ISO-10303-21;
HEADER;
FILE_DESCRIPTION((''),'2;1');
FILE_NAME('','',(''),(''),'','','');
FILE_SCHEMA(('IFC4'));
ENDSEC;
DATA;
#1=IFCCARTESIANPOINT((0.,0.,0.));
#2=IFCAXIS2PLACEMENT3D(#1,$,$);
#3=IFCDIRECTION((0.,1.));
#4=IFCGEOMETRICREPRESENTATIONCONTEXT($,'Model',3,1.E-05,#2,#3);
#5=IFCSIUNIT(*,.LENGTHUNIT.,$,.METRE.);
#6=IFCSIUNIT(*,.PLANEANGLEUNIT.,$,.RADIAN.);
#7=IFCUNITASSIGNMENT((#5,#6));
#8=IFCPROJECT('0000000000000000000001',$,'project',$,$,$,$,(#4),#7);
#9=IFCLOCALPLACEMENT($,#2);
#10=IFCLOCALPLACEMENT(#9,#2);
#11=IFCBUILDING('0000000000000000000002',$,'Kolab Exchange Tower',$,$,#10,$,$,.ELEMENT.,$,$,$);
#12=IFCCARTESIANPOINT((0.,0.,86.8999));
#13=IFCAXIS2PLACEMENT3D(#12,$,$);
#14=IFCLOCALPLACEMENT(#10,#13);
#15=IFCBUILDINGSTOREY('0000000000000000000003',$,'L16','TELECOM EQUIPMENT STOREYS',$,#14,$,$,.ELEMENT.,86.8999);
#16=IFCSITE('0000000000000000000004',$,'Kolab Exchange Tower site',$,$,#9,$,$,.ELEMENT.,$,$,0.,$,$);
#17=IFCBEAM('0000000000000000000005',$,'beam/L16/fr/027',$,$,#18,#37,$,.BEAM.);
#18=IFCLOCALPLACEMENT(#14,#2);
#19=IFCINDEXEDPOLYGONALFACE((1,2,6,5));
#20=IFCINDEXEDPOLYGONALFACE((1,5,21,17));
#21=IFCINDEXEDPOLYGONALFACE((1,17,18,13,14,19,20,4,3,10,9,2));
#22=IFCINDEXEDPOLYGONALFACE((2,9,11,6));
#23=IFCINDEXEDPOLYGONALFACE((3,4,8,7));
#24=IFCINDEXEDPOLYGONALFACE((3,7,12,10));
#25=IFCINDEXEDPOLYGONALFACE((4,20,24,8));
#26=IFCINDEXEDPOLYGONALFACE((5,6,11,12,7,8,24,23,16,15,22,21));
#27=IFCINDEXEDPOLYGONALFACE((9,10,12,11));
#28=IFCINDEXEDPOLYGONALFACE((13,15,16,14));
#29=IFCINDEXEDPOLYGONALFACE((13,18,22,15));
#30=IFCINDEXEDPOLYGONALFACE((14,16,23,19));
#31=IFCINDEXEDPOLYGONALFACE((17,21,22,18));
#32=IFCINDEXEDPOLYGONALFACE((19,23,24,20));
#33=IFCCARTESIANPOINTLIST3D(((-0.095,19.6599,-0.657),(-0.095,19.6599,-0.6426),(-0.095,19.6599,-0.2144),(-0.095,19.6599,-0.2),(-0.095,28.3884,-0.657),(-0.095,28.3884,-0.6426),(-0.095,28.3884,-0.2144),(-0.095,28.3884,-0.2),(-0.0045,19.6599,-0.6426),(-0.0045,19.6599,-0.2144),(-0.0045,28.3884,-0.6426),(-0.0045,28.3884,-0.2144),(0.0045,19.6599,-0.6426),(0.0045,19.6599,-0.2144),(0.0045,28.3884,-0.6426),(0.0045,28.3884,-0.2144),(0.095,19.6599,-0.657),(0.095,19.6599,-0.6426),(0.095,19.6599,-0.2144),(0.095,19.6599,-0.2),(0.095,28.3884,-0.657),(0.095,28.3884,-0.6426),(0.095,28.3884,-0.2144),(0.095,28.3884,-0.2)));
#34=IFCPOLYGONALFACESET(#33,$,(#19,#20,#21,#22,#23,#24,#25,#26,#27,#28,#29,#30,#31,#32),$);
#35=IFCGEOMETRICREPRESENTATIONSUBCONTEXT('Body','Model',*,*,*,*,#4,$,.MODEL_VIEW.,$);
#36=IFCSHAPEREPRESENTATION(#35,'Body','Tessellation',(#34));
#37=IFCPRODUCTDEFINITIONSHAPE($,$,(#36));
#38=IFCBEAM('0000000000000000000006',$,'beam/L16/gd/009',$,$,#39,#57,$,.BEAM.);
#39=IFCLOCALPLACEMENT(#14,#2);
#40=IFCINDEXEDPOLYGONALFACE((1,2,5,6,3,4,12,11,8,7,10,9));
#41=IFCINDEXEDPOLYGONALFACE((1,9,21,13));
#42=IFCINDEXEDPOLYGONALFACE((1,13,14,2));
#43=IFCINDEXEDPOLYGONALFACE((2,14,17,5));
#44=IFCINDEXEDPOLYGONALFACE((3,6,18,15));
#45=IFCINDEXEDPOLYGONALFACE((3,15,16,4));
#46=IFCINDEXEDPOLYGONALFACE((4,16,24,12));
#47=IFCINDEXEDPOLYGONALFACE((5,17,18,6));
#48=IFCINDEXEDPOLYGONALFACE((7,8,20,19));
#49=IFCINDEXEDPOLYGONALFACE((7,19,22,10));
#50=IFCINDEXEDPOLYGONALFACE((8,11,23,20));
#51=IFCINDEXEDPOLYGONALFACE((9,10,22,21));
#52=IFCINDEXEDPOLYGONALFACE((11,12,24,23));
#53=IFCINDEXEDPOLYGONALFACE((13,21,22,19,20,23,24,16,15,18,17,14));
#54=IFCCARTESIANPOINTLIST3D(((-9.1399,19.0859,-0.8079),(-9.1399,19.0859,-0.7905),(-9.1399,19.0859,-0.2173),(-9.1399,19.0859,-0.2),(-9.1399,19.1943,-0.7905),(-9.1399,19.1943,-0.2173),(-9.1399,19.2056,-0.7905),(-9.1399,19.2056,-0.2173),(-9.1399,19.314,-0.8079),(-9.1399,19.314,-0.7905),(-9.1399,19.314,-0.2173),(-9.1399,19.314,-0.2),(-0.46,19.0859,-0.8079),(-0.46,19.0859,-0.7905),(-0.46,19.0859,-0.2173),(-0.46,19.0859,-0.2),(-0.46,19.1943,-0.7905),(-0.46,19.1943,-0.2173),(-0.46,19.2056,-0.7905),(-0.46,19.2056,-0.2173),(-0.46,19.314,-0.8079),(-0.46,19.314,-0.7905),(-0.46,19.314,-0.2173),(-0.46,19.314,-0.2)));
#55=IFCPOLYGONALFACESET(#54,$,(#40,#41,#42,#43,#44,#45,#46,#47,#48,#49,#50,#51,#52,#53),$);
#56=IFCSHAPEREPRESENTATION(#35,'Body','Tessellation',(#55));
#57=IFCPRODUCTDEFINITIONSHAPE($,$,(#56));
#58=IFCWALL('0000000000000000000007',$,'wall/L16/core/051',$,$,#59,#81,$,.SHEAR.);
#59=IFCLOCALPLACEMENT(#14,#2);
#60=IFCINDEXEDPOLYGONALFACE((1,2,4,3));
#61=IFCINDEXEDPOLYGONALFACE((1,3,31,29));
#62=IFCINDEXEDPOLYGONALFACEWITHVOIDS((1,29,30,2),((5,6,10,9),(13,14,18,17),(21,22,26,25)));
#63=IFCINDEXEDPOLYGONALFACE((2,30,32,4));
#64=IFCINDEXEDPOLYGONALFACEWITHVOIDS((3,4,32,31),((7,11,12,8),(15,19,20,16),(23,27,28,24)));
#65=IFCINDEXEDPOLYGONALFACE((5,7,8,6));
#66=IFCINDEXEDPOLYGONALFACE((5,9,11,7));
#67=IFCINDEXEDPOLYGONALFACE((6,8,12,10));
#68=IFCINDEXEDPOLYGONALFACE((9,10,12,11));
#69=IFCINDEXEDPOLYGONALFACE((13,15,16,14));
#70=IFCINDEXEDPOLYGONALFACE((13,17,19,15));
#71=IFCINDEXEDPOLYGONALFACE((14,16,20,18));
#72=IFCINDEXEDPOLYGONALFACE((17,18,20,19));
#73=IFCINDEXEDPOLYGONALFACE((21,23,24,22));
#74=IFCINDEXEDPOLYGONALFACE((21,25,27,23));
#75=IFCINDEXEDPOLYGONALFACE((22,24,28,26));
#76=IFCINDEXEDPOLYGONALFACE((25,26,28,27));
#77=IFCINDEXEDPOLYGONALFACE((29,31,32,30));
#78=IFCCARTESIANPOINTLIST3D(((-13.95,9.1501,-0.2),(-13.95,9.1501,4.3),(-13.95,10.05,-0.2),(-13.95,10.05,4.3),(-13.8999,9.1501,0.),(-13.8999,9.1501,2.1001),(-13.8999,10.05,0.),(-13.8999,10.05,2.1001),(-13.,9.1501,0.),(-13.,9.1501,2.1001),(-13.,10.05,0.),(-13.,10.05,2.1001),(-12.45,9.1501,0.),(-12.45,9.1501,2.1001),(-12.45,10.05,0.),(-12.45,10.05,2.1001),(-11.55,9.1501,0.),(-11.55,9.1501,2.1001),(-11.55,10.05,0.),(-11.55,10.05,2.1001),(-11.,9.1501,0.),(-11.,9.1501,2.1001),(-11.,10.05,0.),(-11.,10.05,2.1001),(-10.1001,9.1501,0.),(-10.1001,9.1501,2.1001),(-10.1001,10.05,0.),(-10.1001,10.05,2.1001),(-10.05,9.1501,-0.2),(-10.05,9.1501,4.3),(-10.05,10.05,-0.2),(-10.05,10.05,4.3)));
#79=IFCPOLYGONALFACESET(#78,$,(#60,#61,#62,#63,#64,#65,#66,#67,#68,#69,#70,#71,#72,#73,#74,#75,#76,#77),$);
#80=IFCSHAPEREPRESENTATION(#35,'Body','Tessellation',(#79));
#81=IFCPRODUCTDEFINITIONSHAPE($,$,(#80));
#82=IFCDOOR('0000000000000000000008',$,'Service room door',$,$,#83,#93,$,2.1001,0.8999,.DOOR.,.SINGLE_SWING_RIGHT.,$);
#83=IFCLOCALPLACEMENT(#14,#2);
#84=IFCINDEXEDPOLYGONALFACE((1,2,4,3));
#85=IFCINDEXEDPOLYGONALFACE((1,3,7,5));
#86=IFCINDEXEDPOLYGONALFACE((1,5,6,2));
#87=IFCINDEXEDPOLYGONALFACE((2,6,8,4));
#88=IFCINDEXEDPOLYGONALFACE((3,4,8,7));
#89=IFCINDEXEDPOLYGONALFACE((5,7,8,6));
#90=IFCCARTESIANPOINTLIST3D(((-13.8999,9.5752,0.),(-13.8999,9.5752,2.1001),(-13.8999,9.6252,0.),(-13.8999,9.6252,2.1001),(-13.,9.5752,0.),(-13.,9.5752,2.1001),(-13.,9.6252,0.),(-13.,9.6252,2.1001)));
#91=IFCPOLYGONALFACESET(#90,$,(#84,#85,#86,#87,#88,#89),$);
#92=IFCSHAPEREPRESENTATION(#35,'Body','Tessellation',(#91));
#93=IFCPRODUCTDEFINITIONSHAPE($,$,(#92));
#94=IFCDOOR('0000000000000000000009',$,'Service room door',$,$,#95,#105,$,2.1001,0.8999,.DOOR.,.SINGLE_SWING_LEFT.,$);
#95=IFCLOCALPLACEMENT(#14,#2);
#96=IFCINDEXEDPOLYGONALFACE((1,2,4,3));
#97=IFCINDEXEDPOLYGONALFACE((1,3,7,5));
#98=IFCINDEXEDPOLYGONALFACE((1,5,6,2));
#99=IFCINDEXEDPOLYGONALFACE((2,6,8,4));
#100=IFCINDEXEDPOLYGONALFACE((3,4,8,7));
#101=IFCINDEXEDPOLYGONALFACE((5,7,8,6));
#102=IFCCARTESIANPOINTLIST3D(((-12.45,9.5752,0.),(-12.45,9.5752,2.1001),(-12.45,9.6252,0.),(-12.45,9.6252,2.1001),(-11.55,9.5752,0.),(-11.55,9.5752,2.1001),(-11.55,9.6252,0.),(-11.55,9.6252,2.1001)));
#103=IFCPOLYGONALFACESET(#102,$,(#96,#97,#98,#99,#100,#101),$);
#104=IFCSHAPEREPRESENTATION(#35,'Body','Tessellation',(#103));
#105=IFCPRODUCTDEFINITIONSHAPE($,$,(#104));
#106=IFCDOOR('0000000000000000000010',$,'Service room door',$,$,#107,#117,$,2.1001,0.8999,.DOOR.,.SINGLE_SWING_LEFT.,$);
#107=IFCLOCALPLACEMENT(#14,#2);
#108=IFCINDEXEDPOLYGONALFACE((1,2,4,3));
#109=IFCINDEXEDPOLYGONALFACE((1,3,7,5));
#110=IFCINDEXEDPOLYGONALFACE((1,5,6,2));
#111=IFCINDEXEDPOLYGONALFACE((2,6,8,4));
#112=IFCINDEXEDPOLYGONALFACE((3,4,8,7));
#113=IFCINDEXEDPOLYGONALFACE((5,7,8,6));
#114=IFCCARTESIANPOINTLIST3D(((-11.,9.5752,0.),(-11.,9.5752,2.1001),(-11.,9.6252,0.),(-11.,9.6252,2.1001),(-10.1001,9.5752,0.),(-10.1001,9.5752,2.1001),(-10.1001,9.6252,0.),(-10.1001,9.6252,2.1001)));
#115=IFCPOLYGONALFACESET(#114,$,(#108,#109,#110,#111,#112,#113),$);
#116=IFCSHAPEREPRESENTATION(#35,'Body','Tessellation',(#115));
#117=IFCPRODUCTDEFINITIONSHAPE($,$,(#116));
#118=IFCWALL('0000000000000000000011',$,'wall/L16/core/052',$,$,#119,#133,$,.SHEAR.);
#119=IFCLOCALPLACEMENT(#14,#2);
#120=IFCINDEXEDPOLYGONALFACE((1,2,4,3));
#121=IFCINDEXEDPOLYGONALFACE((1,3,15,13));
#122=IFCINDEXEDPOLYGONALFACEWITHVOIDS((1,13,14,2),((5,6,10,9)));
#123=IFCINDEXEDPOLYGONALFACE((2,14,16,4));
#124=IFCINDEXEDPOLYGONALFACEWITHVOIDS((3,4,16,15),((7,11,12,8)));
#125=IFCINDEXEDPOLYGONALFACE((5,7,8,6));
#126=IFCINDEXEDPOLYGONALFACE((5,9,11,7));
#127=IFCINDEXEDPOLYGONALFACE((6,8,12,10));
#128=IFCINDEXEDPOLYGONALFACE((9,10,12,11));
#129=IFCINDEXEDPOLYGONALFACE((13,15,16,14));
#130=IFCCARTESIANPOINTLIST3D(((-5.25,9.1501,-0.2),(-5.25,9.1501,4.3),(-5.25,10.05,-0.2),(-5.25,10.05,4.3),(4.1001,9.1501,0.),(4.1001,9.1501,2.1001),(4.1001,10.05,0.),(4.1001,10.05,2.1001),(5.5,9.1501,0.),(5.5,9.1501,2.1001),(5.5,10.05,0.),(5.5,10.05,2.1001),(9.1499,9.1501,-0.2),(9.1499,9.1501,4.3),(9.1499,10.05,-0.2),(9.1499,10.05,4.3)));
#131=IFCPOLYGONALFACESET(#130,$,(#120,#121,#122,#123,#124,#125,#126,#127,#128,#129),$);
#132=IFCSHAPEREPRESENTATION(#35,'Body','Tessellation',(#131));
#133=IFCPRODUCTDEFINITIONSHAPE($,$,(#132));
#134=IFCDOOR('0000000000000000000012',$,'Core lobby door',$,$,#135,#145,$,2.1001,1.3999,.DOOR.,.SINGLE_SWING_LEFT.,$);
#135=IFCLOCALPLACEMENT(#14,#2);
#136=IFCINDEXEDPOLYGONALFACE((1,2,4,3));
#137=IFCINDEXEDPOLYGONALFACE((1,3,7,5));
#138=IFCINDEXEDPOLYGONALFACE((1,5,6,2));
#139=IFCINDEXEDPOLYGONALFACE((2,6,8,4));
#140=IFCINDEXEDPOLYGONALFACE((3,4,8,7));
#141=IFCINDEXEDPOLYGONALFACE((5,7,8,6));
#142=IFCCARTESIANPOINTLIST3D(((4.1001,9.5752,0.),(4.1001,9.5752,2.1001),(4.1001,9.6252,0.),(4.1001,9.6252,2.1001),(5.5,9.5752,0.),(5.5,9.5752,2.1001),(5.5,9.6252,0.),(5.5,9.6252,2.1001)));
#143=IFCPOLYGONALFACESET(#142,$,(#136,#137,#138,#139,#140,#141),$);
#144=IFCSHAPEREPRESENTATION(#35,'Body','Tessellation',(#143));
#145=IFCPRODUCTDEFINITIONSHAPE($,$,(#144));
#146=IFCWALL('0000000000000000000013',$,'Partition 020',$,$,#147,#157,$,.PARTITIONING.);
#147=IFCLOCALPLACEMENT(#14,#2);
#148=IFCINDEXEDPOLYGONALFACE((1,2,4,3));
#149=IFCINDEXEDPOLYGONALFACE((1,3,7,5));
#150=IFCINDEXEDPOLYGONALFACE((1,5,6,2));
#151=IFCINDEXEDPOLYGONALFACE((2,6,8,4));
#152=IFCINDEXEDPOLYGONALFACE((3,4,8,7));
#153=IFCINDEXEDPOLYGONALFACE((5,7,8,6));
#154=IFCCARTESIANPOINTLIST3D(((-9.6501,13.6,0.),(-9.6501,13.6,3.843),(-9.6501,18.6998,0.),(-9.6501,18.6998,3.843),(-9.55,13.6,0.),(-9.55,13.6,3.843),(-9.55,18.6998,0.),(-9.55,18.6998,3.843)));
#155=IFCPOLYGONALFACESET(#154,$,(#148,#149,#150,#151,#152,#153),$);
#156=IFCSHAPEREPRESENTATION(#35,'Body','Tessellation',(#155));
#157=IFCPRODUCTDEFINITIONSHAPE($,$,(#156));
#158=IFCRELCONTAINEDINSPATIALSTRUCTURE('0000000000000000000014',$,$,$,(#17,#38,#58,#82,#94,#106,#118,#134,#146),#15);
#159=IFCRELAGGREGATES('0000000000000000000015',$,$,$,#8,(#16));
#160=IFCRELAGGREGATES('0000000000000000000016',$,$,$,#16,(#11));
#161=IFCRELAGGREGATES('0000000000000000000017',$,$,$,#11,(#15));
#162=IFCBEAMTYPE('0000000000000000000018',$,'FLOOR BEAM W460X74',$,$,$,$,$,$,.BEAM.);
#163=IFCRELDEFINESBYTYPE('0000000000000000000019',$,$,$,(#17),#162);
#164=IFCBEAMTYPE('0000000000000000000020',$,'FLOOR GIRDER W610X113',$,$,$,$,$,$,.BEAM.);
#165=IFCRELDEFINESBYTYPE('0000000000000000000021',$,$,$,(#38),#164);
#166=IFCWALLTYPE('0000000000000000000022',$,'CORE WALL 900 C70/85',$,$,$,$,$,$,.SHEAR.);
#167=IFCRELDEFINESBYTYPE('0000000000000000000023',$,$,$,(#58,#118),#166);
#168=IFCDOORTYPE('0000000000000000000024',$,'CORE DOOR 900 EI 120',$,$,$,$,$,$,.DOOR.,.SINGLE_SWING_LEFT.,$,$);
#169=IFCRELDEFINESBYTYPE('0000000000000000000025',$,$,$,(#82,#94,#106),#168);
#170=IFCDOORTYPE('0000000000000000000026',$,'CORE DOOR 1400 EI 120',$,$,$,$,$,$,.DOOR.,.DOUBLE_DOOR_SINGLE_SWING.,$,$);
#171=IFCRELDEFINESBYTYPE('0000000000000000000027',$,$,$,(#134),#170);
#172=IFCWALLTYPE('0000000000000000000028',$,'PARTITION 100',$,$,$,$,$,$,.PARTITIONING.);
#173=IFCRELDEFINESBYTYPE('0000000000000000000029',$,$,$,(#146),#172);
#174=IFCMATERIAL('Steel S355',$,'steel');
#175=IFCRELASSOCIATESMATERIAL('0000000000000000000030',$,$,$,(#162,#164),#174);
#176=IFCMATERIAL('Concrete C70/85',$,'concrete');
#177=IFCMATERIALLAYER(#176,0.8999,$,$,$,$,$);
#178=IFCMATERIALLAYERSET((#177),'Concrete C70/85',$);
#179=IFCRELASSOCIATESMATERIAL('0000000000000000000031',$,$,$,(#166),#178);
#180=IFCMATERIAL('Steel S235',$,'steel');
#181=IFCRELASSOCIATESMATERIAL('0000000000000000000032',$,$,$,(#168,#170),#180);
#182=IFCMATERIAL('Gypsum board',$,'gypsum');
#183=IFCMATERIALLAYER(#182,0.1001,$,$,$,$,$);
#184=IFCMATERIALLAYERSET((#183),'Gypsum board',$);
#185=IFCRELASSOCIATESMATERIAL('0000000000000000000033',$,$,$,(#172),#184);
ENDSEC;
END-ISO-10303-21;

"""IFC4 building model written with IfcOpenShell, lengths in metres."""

from ifc_helpers import new_model, si_unit, direction, frame, frame_2d, origin, origin_2d, place, context, subcontext, project, spatial, rectangle, i_section, extrude, material, layer, layer_set, material_profile, profile_set, type_object, element, fill, save


model = new_model("IFC4")

# Units and contexts
model_context = context("Model", 3, precision=1e-05, world=origin(), true_north=direction((0.0, 1.0)))
body_context = subcontext(model_context, "Body", "Model", "MODEL_VIEW")
ifc_project = project(units=[si_unit("LENGTHUNIT", "METRE"), si_unit("PLANEANGLEUNIT", "RADIAN")], contexts=[model_context])

# Site, building, storey
site_placement = place(None, origin())
site = spatial("IfcSite", under=ifc_project, at=site_placement, Name="Kolab Exchange Tower site", CompositionType="ELEMENT", RefElevation=0.0)
building_placement = place(site_placement, origin())
building = spatial("IfcBuilding", under=site, at=building_placement, Name="Kolab Exchange Tower", CompositionType="ELEMENT")
storey_placement = place(building_placement, frame((0.0, 0.0, 86.8999)))
storey = spatial("IfcBuildingStorey", under=building, at=storey_placement, Name="L16", Description="TELECOM EQUIPMENT STOREYS", CompositionType="ELEMENT", Elevation=86.8999)

# Shared definitions
ifc_material_1 = material(Name="Concrete C70/85", Category="concrete")

# Beams
ifc_material_2 = material(Name="Steel S355", Category="steel")
ifc_material_profile_1 = material_profile(ifc_material_2, i_section(OverallWidth=0.1899, OverallDepth=0.457, WebThickness=0.009, FlangeThickness=0.0144, at=origin_2d()), Name="W460X74")
ifc_profile_set_1 = profile_set([ifc_material_profile_1], Name="Steel S355")
beam_type_1 = type_object("IfcBeamType", Name="FLOOR BEAM W460X74", PredefinedType="BEAM", material=ifc_profile_set_1)
beam_1_placement = place(storey_placement, frame((0.0, 19.6599, -0.4285), z_axis=(0.0, 1.0, 0.0), x_axis=(-1.0, 0.0, 0.0)))
element("IfcBeam", 1, at=beam_1_placement, inside=storey, type_object=beam_type_1, Name="beam/L16/fr/027", PredefinedType="BEAM", context=body_context, shape_type="SweptSolid", body=[
    extrude(i_section(OverallWidth=0.1899, OverallDepth=0.457, WebThickness=0.009, FlangeThickness=0.0144, at=origin_2d()), origin(), (0.0, 0.0, 1.0), 8.7285),
])
ifc_material_profile_2 = material_profile(ifc_material_2, i_section(OverallWidth=0.228, OverallDepth=0.6079, WebThickness=0.0112, FlangeThickness=0.0173, at=origin_2d()), Name="W610X113")
ifc_profile_set_2 = profile_set([ifc_material_profile_2], Name="Steel S355")
beam_type_2 = type_object("IfcBeamType", Name="FLOOR GIRDER W610X113", PredefinedType="BEAM", material=ifc_profile_set_2)
beam_2_placement = place(storey_placement, frame((-9.1399, 19.2, -0.5039), z_axis=(1.0, 0.0, 0.0), x_axis=(0.0, 1.0, 0.0)))
element("IfcBeam", 2, at=beam_2_placement, inside=storey, type_object=beam_type_2, Name="beam/L16/gd/009", PredefinedType="BEAM", context=body_context, shape_type="SweptSolid", body=[
    extrude(i_section(OverallWidth=0.228, OverallDepth=0.6079, WebThickness=0.0112, FlangeThickness=0.0173, at=origin_2d()), origin(), (0.0, 0.0, 1.0), 8.6799),
])

# Wall, openings, doors
ifc_layer_1 = layer(ifc_material_1, 0.8999)
ifc_layer_set_1 = layer_set([ifc_layer_1], Name="Concrete C70/85")
wall_type_1 = type_object("IfcWallType", Name="CORE WALL 900 C70/85", PredefinedType="SHEAR", material=ifc_layer_set_1)
wall_1_placement = place(storey_placement, frame((-13.95, 9.6001, -0.2), z_axis=(0.0, 0.0, 1.0), x_axis=(1.0, 0.0, 0.0)))
wall_1 = element("IfcWall", 3, at=wall_1_placement, inside=storey, type_object=wall_type_1, Name="wall/L16/core/051", PredefinedType="SHEAR", context=body_context, shape_type="SweptSolid", body=[
    extrude(rectangle(XDim=3.8999, YDim=0.8999, at=frame_2d((1.95, 0.0))), origin(), (0.0, 0.0, 1.0), 4.5),
])
opening_1_placement = place(wall_1_placement, frame((0.05, 0.0, 0.2)))
opening_1 = element("IfcOpeningElement", 4, at=opening_1_placement, cuts=wall_1, PredefinedType="OPENING", context=body_context, shape_type="SweptSolid", body=[
    extrude(rectangle(XDim=0.8999, YDim=2.1001, at=frame_2d((0.45, 1.05))), frame((0.0, 0.46, 0.0), z_axis=(0.0, -1.0, 0.0), x_axis=(1.0, 0.0, 0.0)), (0.0, 0.0, 1.0), 0.9199),
])
opening_2_placement = place(wall_1_placement, frame((1.5, 0.0, 0.2)))
opening_2 = element("IfcOpeningElement", 5, at=opening_2_placement, cuts=wall_1, PredefinedType="OPENING", context=body_context, shape_type="SweptSolid", body=[
    extrude(rectangle(XDim=0.8999, YDim=2.1001, at=frame_2d((0.45, 1.05))), frame((0.0, 0.46, 0.0), z_axis=(0.0, -1.0, 0.0), x_axis=(1.0, 0.0, 0.0)), (0.0, 0.0, 1.0), 0.9199),
])
opening_3_placement = place(wall_1_placement, frame((2.95, 0.0, 0.2)))
opening_3 = element("IfcOpeningElement", 6, at=opening_3_placement, cuts=wall_1, PredefinedType="OPENING", context=body_context, shape_type="SweptSolid", body=[
    extrude(rectangle(XDim=0.8999, YDim=2.1001, at=frame_2d((0.45, 1.05))), frame((0.0, 0.46, 0.0), z_axis=(0.0, -1.0, 0.0), x_axis=(1.0, 0.0, 0.0)), (0.0, 0.0, 1.0), 0.9199),
])
ifc_material_3 = material(Name="Steel S235", Category="steel")
door_type_1 = type_object("IfcDoorType", Name="CORE DOOR 900 EI 120", OperationType="SINGLE_SWING_LEFT", PredefinedType="DOOR", material=ifc_material_3)
door_1_placement = place(opening_1_placement, frame((0.8999, 0.0, 0.0), z_axis=(0.0, 0.0, 1.0), x_axis=(-1.0, 0.0, 0.0)))
door_1 = element("IfcDoor", 7, at=door_1_placement, inside=storey, type_object=door_type_1, Name="Service room door", OperationType="SINGLE_SWING_RIGHT", OverallHeight=2.1001, OverallWidth=0.8999, PredefinedType="DOOR", context=body_context, shape_type="SweptSolid", body=[
    extrude(rectangle(XDim=0.8999, YDim=2.1001, at=frame_2d((0.45, 1.05))), frame((0.0, 0.0249, 0.0), z_axis=(0.0, -1.0, 0.0), x_axis=(1.0, 0.0, 0.0)), (0.0, 0.0, 1.0), 0.05),
])
fill(opening_1, door_1)
door_2_placement = place(opening_2_placement, frame((0.8999, 0.0, 0.0), z_axis=(0.0, 0.0, 1.0), x_axis=(-1.0, 0.0, 0.0)))
door_2 = element("IfcDoor", 8, at=door_2_placement, inside=storey, type_object=door_type_1, Name="Service room door", OperationType="SINGLE_SWING_LEFT", OverallHeight=2.1001, OverallWidth=0.8999, PredefinedType="DOOR", context=body_context, shape_type="SweptSolid", body=[
    extrude(rectangle(XDim=0.8999, YDim=2.1001, at=frame_2d((0.45, 1.05))), frame((0.0, 0.0249, 0.0), z_axis=(0.0, -1.0, 0.0), x_axis=(1.0, 0.0, 0.0)), (0.0, 0.0, 1.0), 0.05),
])
fill(opening_2, door_2)
door_3_placement = place(opening_3_placement, frame((0.8999, 0.0, 0.0), z_axis=(0.0, 0.0, 1.0), x_axis=(-1.0, 0.0, 0.0)))
door_3 = element("IfcDoor", 9, at=door_3_placement, inside=storey, type_object=door_type_1, Name="Service room door", OperationType="SINGLE_SWING_LEFT", OverallHeight=2.1001, OverallWidth=0.8999, PredefinedType="DOOR", context=body_context, shape_type="SweptSolid", body=[
    extrude(rectangle(XDim=0.8999, YDim=2.1001, at=frame_2d((0.45, 1.05))), frame((0.0, 0.0249, 0.0), z_axis=(0.0, -1.0, 0.0), x_axis=(1.0, 0.0, 0.0)), (0.0, 0.0, 1.0), 0.05),
])
fill(opening_3, door_3)

# Wall, opening, door
wall_2_placement = place(storey_placement, frame((-5.25, 9.6001, -0.2), z_axis=(0.0, 0.0, 1.0), x_axis=(1.0, 0.0, 0.0)))
wall_2 = element("IfcWall", 10, at=wall_2_placement, inside=storey, type_object=wall_type_1, Name="wall/L16/core/052", PredefinedType="SHEAR", context=body_context, shape_type="SweptSolid", body=[
    extrude(rectangle(XDim=14.3999, YDim=0.8999, at=frame_2d((7.2, 0.0))), origin(), (0.0, 0.0, 1.0), 4.5),
])
opening_4_placement = place(wall_2_placement, frame((9.3501, 0.0, 0.2)))
opening_4 = element("IfcOpeningElement", 11, at=opening_4_placement, cuts=wall_2, PredefinedType="OPENING", context=body_context, shape_type="SweptSolid", body=[
    extrude(rectangle(XDim=1.3999, YDim=2.1001, at=frame_2d((0.7, 1.05))), frame((0.0, 0.46, 0.0), z_axis=(0.0, -1.0, 0.0), x_axis=(1.0, 0.0, 0.0)), (0.0, 0.0, 1.0), 0.9199),
])
door_type_2 = type_object("IfcDoorType", Name="CORE DOOR 1400 EI 120", OperationType="DOUBLE_DOOR_SINGLE_SWING", PredefinedType="DOOR", material=ifc_material_3)
door_4_placement = place(opening_4_placement, frame((1.3999, 0.0, 0.0), z_axis=(0.0, 0.0, 1.0), x_axis=(-1.0, 0.0, 0.0)))
door_4 = element("IfcDoor", 12, at=door_4_placement, inside=storey, type_object=door_type_2, Name="Core lobby door", OperationType="SINGLE_SWING_LEFT", OverallHeight=2.1001, OverallWidth=1.3999, PredefinedType="DOOR", context=body_context, shape_type="SweptSolid", body=[
    extrude(rectangle(XDim=1.3999, YDim=2.1001, at=frame_2d((0.7, 1.05))), frame((0.0, 0.0249, 0.0), z_axis=(0.0, -1.0, 0.0), x_axis=(1.0, 0.0, 0.0)), (0.0, 0.0, 1.0), 0.05),
])
fill(opening_4, door_4)

# Wall
ifc_material_4 = material(Name="Gypsum board", Category="gypsum")
ifc_layer_2 = layer(ifc_material_4, 0.1001)
ifc_layer_set_2 = layer_set([ifc_layer_2], Name="Gypsum board")
wall_type_2 = type_object("IfcWallType", Name="PARTITION 100", PredefinedType="PARTITIONING", material=ifc_layer_set_2)
wall_3_placement = place(storey_placement, frame((-9.6001, 13.6001, 0.0), z_axis=(0.0, 0.0, 1.0), x_axis=(0.0, 1.0, 0.0)))
element("IfcWall", 13, at=wall_3_placement, inside=storey, type_object=wall_type_2, Name="Partition 020", PredefinedType="PARTITIONING", context=body_context, shape_type="SweptSolid", body=[
    extrude(rectangle(XDim=5.0999, YDim=0.1001, at=frame_2d((2.5498, 0.0))), origin(), (0.0, 0.0, 1.0), 3.843),
])

save(model, "model.ifc")
